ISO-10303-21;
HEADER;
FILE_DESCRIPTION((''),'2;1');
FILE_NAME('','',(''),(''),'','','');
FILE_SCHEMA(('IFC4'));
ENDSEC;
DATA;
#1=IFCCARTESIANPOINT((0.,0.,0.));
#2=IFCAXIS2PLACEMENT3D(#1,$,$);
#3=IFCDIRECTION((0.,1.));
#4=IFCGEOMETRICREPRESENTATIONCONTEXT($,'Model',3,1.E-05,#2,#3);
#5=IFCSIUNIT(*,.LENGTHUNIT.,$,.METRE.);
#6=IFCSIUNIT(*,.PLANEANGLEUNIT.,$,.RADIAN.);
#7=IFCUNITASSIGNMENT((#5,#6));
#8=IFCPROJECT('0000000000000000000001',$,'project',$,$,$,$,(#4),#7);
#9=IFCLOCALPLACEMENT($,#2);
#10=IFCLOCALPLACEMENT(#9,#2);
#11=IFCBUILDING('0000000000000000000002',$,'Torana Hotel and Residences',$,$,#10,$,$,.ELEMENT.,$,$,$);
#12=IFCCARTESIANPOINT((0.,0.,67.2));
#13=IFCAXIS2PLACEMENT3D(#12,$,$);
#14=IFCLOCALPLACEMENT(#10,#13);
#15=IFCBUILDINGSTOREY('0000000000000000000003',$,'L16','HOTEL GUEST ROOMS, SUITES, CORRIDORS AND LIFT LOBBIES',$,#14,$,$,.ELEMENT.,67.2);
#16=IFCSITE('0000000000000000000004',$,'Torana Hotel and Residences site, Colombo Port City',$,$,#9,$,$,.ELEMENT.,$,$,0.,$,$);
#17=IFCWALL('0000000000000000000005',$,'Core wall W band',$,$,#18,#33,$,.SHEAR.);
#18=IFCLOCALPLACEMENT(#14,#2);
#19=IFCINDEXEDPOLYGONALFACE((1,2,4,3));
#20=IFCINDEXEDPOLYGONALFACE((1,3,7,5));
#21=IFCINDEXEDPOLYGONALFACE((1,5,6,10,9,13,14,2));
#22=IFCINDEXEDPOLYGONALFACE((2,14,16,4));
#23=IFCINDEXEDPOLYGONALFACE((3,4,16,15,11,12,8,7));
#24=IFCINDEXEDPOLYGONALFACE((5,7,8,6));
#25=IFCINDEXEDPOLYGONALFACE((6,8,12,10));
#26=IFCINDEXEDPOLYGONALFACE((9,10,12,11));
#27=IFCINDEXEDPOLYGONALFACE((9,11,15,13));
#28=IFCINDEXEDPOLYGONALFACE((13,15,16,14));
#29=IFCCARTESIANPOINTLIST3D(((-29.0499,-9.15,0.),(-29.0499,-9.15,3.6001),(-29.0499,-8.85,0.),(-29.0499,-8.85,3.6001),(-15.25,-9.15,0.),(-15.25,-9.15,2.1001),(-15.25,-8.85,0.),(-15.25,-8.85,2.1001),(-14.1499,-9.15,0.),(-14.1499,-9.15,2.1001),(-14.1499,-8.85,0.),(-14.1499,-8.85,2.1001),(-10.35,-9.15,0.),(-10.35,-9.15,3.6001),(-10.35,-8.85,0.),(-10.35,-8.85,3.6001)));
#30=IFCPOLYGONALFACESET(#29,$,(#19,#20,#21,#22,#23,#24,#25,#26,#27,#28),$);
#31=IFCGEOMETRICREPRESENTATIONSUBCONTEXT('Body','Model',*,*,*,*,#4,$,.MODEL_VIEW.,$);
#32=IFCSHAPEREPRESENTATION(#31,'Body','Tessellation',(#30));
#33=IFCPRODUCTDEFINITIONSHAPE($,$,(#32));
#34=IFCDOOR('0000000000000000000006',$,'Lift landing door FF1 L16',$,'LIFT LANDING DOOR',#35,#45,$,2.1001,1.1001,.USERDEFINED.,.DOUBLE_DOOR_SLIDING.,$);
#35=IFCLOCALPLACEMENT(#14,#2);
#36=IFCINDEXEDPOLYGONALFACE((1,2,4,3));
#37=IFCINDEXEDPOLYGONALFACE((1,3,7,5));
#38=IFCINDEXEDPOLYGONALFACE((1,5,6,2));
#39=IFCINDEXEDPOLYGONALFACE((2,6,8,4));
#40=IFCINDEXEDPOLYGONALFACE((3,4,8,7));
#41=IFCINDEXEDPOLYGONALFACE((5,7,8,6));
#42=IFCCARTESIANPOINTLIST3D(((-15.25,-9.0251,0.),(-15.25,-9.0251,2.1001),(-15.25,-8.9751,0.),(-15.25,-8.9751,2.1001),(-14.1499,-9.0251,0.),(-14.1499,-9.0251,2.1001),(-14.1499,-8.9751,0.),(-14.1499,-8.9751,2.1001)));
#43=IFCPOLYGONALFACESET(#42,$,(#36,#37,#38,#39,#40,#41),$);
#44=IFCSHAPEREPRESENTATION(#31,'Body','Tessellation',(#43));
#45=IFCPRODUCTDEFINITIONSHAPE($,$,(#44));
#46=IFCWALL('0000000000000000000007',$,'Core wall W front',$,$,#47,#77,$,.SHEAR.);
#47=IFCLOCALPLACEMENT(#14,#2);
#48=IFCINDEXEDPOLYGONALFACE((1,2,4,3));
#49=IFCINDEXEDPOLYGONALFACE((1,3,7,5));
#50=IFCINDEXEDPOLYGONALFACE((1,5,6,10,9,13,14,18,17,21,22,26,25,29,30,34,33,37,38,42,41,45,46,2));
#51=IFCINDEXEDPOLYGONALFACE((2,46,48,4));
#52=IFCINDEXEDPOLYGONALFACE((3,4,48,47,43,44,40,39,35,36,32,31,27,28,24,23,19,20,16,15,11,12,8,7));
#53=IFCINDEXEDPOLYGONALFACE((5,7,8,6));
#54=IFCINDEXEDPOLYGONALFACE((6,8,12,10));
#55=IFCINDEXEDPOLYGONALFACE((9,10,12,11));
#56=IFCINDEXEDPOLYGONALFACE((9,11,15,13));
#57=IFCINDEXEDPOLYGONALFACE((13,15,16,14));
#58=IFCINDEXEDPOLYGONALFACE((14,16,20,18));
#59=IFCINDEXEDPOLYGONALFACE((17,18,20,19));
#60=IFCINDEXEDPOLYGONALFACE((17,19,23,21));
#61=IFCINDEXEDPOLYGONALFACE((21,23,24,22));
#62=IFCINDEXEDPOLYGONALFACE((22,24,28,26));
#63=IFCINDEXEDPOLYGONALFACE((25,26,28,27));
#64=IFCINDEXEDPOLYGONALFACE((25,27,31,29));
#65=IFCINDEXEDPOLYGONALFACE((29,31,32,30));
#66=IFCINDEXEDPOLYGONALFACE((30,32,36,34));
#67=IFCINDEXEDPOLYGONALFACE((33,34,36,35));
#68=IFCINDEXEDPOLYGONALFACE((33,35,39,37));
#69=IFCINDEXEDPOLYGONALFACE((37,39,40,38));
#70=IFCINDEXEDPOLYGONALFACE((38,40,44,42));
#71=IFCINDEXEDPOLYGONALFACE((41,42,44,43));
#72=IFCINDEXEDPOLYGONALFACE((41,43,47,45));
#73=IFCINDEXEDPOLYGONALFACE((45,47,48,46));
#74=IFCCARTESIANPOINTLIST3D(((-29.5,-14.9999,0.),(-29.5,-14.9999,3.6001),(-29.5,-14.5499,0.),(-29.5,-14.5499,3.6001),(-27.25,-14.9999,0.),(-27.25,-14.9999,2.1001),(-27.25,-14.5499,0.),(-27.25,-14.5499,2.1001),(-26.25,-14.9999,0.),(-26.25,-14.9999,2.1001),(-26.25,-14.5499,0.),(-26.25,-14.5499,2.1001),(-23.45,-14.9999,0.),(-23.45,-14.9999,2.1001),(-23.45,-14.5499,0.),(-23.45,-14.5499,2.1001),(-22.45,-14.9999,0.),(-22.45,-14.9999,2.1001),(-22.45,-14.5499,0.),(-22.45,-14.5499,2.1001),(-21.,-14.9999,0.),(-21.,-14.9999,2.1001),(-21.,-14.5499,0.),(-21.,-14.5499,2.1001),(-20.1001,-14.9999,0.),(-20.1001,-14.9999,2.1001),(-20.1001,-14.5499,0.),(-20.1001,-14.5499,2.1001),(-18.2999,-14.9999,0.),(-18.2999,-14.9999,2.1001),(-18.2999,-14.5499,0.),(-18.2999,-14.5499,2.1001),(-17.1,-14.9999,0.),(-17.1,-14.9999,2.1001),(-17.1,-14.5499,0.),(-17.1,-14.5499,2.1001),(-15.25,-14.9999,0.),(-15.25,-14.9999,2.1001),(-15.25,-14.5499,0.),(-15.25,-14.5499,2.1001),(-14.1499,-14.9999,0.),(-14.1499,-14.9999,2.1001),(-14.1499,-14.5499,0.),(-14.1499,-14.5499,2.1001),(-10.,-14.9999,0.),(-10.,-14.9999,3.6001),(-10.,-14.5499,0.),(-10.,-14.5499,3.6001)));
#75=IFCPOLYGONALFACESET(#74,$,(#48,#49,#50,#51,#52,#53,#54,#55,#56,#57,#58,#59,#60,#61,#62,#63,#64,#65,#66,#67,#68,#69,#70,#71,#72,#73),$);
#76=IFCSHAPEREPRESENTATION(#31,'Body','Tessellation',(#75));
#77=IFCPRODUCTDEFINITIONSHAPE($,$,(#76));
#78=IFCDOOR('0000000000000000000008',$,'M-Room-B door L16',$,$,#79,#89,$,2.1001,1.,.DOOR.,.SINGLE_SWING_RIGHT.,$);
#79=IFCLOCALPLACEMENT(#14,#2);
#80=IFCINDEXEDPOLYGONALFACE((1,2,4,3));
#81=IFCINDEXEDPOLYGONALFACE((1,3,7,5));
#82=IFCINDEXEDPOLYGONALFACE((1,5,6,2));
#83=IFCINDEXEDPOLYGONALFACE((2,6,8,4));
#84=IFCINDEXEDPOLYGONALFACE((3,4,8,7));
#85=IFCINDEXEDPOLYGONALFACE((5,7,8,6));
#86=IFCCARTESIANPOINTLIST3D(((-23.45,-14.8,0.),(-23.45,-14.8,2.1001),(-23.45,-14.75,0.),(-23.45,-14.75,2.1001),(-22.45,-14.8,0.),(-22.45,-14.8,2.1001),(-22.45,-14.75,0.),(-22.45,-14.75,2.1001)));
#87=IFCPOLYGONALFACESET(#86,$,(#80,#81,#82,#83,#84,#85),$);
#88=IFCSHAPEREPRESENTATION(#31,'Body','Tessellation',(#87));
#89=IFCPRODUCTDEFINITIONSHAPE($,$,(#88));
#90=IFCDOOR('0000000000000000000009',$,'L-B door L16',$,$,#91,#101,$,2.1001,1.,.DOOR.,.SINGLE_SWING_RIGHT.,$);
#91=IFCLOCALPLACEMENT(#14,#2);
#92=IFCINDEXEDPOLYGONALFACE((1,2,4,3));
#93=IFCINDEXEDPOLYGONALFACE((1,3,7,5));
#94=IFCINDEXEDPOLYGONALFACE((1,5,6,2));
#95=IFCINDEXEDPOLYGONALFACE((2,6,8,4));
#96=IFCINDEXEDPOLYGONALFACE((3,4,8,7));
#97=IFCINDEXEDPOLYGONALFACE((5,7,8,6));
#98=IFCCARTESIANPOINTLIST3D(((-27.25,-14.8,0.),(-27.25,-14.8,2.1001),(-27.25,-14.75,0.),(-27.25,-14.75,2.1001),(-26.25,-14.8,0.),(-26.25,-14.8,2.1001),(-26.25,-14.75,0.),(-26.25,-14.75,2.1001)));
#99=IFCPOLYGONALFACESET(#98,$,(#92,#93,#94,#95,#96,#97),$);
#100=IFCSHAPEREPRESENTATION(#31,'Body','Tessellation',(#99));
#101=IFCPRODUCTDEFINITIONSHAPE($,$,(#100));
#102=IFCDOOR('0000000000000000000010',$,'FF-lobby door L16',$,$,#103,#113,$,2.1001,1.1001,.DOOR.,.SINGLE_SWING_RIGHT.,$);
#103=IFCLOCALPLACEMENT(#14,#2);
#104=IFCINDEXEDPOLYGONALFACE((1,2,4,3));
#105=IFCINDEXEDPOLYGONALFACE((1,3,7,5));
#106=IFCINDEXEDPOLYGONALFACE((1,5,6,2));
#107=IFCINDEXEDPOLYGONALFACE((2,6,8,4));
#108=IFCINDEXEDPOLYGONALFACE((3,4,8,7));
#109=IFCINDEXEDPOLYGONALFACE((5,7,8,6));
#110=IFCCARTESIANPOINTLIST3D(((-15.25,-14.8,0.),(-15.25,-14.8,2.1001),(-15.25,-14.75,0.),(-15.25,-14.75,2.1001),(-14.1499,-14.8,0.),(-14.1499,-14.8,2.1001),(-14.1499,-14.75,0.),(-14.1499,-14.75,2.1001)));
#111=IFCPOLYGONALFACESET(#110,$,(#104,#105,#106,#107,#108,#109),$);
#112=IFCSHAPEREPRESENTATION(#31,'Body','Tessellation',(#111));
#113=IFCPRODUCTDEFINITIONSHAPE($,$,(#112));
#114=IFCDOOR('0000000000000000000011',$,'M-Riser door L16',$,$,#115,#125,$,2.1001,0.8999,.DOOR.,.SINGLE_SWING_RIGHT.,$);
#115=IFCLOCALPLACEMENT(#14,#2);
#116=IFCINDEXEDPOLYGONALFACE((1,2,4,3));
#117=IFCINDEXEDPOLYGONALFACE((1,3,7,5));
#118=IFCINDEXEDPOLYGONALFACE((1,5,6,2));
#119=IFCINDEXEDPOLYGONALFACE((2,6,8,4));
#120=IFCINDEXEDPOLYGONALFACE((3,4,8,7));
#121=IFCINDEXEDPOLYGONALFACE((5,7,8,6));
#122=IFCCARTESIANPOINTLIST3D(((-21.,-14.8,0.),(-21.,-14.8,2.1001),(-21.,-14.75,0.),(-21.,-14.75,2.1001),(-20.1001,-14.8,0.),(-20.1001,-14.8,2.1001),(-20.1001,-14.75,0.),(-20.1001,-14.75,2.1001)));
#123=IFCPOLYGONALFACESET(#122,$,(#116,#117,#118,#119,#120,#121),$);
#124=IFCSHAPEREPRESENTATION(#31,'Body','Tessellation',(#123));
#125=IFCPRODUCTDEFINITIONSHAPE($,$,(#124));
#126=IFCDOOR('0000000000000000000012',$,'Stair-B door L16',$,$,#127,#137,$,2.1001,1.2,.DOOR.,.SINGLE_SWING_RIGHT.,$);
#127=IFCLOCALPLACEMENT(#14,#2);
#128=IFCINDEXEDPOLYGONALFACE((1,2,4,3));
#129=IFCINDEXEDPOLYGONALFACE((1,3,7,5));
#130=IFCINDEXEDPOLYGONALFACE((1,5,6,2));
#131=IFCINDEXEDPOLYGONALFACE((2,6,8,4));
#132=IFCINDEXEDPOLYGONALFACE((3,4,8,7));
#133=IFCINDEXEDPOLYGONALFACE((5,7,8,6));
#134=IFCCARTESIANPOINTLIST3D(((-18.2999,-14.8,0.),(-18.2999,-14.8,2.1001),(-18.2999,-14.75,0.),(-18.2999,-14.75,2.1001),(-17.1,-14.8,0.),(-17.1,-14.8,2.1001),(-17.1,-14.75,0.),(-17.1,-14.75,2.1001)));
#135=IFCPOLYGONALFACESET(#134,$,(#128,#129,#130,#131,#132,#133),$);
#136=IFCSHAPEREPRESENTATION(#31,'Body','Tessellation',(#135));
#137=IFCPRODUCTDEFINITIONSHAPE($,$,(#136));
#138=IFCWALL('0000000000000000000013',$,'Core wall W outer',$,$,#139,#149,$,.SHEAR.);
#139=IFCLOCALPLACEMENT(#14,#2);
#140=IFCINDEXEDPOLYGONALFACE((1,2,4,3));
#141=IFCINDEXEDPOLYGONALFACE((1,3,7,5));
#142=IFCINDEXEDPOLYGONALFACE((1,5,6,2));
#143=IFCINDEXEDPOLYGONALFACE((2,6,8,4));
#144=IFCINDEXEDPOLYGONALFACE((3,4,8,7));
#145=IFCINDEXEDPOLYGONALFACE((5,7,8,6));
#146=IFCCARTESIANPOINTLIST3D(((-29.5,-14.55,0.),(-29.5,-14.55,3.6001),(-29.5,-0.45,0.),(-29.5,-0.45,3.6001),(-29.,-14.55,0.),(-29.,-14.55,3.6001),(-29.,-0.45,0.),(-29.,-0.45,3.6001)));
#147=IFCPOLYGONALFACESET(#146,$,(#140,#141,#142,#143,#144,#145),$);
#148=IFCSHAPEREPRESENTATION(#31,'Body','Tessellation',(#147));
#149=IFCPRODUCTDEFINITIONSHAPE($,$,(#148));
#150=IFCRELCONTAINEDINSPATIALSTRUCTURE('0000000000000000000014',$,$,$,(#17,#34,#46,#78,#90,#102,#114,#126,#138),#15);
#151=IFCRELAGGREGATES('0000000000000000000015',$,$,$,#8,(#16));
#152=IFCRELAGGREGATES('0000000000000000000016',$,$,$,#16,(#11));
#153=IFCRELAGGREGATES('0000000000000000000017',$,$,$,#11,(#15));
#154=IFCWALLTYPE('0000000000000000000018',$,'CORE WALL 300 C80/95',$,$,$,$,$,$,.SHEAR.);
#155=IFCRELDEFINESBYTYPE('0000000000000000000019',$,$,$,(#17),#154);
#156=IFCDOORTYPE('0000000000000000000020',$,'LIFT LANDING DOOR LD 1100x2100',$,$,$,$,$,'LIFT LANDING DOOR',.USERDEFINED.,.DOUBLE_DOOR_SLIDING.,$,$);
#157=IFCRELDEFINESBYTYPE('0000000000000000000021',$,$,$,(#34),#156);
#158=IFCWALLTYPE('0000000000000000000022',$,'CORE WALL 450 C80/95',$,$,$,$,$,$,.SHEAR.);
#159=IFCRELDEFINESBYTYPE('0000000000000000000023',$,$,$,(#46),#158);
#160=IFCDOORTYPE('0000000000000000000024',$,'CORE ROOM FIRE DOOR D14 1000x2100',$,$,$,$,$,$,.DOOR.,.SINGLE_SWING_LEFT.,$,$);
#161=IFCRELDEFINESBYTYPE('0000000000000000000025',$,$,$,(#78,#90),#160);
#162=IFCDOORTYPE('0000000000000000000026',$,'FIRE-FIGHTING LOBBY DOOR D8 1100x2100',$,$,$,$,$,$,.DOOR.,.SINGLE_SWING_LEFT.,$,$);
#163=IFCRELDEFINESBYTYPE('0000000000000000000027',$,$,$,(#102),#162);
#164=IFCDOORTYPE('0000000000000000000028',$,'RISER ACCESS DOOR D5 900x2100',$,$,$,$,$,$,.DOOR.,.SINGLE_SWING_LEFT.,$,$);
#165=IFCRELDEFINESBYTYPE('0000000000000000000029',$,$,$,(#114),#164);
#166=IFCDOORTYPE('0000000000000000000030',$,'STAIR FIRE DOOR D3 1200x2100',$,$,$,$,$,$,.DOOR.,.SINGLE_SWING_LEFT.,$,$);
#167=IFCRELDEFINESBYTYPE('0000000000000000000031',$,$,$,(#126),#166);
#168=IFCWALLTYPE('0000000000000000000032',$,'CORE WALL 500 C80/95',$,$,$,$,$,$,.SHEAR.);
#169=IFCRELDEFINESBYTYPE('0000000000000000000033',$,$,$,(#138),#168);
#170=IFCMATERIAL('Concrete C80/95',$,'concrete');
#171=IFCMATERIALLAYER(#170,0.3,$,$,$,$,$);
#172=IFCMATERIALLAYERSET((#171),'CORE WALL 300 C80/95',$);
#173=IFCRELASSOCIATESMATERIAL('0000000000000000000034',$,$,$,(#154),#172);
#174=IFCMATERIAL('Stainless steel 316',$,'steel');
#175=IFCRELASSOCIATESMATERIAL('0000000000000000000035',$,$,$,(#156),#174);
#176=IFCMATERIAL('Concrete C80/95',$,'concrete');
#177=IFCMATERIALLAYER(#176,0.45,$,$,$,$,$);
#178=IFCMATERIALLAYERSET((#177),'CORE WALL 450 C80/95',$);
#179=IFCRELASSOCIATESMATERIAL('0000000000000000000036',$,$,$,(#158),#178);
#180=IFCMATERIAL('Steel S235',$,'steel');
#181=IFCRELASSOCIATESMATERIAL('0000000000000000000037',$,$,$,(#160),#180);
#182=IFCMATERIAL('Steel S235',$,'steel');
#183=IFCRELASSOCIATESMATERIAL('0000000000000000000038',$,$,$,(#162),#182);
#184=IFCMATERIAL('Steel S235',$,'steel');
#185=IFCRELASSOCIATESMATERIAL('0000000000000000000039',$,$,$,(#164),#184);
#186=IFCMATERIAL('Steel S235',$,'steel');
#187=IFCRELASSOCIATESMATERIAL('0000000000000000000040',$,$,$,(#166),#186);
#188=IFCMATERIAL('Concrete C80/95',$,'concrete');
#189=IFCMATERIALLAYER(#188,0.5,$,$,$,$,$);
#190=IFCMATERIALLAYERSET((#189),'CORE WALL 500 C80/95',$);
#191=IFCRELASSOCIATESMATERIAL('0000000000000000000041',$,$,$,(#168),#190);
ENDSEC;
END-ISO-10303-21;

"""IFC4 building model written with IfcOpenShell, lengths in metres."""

from ifc_helpers import new_model, si_unit, direction, frame, frame_2d, origin, place, context, subcontext, project, spatial, rectangle, extrude, material, layer, layer_set, type_object, element, fill, save


model = new_model("IFC4")

# Units and contexts
model_context = context("Model", 3, precision=1e-05, world=origin(), true_north=direction((0.0, 1.0)))
body_context = subcontext(model_context, "Body", "Model", "MODEL_VIEW")
ifc_project = project(units=[si_unit("LENGTHUNIT", "METRE"), si_unit("PLANEANGLEUNIT", "RADIAN")], contexts=[model_context])

# Site, building, storey
site_placement = place(None, origin())
site = spatial("IfcSite", under=ifc_project, at=site_placement, Name="Torana Hotel and Residences site, Colombo Port City", CompositionType="ELEMENT", RefElevation=0.0)
building_placement = place(site_placement, origin())
building = spatial("IfcBuilding", under=site, at=building_placement, Name="Torana Hotel and Residences", CompositionType="ELEMENT")
storey_placement = place(building_placement, frame((0.0, 0.0, 67.2)))
storey = spatial("IfcBuildingStorey", under=building, at=storey_placement, Name="L16", Description="HOTEL GUEST ROOMS, SUITES, CORRIDORS AND LIFT LOBBIES", CompositionType="ELEMENT", Elevation=67.2)

# Wall, opening, door
ifc_material_1 = material(Name="Concrete C80/95", Category="concrete")
ifc_layer_1 = layer(ifc_material_1, 0.3)
ifc_layer_set_1 = layer_set([ifc_layer_1], Name="CORE WALL 300 C80/95")
wall_type_1 = type_object("IfcWallType", Name="CORE WALL 300 C80/95", PredefinedType="SHEAR", material=ifc_layer_set_1)
wall_1_placement = place(storey_placement, frame((-29.05, -9.0, 0.0), z_axis=(0.0, 0.0, 1.0), x_axis=(1.0, 0.0, 0.0)))
wall_1 = element("IfcWall", 1, at=wall_1_placement, inside=storey, type_object=wall_type_1, Name="Core wall W band", PredefinedType="SHEAR", context=body_context, shape_type="SweptSolid", body=[
    extrude(rectangle(XDim=18.7, YDim=0.3, at=frame_2d((9.3501, 0.0))), origin(), (0.0, 0.0, 1.0), 3.6001),
])
opening_1_placement = place(wall_1_placement, frame((13.8, 0.0, 0.0)))
opening_1 = element("IfcOpeningElement", 2, at=opening_1_placement, cuts=wall_1, PredefinedType="OPENING", context=body_context, shape_type="SweptSolid", body=[
    extrude(rectangle(XDim=1.1001, YDim=2.1001, at=frame_2d((0.55, 1.05))), frame((0.0, 0.1599, 0.0), z_axis=(0.0, -1.0, 0.0), x_axis=(1.0, 0.0, 0.0)), (0.0, 0.0, 1.0), 0.3201),
])
ifc_material_2 = material(Name="Stainless steel 316", Category="steel")
door_type_1 = type_object("IfcDoorType", Name="LIFT LANDING DOOR LD 1100x2100", ElementType="LIFT LANDING DOOR", OperationType="DOUBLE_DOOR_SLIDING", PredefinedType="USERDEFINED", material=ifc_material_2)
door_1_placement = place(opening_1_placement, origin())
door_1 = element("IfcDoor", 3, at=door_1_placement, inside=storey, type_object=door_type_1, Name="Lift landing door FF1 L16", ObjectType="LIFT LANDING DOOR", OperationType="DOUBLE_DOOR_SLIDING", OverallHeight=2.1001, OverallWidth=1.1001, PredefinedType="USERDEFINED", context=body_context, shape_type="SweptSolid", body=[
    extrude(rectangle(XDim=1.1001, YDim=2.1001, at=frame_2d((0.55, 1.05))), frame((0.0, 0.0249, 0.0), z_axis=(0.0, -1.0, 0.0), x_axis=(1.0, 0.0, 0.0)), (0.0, 0.0, 1.0), 0.05),
])
fill(opening_1, door_1)

# Wall, openings, doors
ifc_material_3 = material(Name="Concrete C80/95", Category="concrete")
ifc_layer_2 = layer(ifc_material_3, 0.45)
ifc_layer_set_2 = layer_set([ifc_layer_2], Name="CORE WALL 450 C80/95")
wall_type_2 = type_object("IfcWallType", Name="CORE WALL 450 C80/95", PredefinedType="SHEAR", material=ifc_layer_set_2)
wall_2_placement = place(storey_placement, frame((-29.5, -14.7749, 0.0), z_axis=(0.0, 0.0, 1.0), x_axis=(1.0, 0.0, 0.0)))
wall_2 = element("IfcWall", 4, at=wall_2_placement, inside=storey, type_object=wall_type_2, Name="Core wall W front", PredefinedType="SHEAR", context=body_context, shape_type="SweptSolid", body=[
    extrude(rectangle(XDim=19.5, YDim=0.45, at=frame_2d((9.75, 0.0))), origin(), (0.0, 0.0, 1.0), 3.6001),
])
opening_2_placement = place(wall_2_placement, frame((11.2, 0.0, 0.0)))
opening_2 = element("IfcOpeningElement", 5, at=opening_2_placement, cuts=wall_2, PredefinedType="OPENING", context=body_context, shape_type="SweptSolid", body=[
    extrude(rectangle(XDim=1.2, YDim=2.1001, at=frame_2d((0.6001, 1.05))), frame((0.0, 0.2349, 0.0), z_axis=(0.0, -1.0, 0.0), x_axis=(1.0, 0.0, 0.0)), (0.0, 0.0, 1.0), 0.47),
])
opening_3_placement = place(wall_2_placement, frame((14.25, 0.0, 0.0)))
opening_3 = element("IfcOpeningElement", 6, at=opening_3_placement, cuts=wall_2, PredefinedType="OPENING", context=body_context, shape_type="SweptSolid", body=[
    extrude(rectangle(XDim=1.1001, YDim=2.1001, at=frame_2d((0.55, 1.05))), frame((0.0, 0.2349, 0.0), z_axis=(0.0, -1.0, 0.0), x_axis=(1.0, 0.0, 0.0)), (0.0, 0.0, 1.0), 0.47),
])
opening_4_placement = place(wall_2_placement, frame((8.5, 0.0, 0.0)))
opening_4 = element("IfcOpeningElement", 7, at=opening_4_placement, cuts=wall_2, PredefinedType="OPENING", context=body_context, shape_type="SweptSolid", body=[
    extrude(rectangle(XDim=0.8999, YDim=2.1001, at=frame_2d((0.45, 1.05))), frame((0.0, 0.2349, 0.0), z_axis=(0.0, -1.0, 0.0), x_axis=(1.0, 0.0, 0.0)), (0.0, 0.0, 1.0), 0.47),
])
opening_5_placement = place(wall_2_placement, frame((6.05, 0.0, 0.0)))
opening_5 = element("IfcOpeningElement", 8, at=opening_5_placement, cuts=wall_2, PredefinedType="OPENING", context=body_context, shape_type="SweptSolid", body=[
    extrude(rectangle(XDim=1.0, YDim=2.1001, at=frame_2d((0.5, 1.05))), frame((0.0, 0.2349, 0.0), z_axis=(0.0, -1.0, 0.0), x_axis=(1.0, 0.0, 0.0)), (0.0, 0.0, 1.0), 0.47),
])
opening_6_placement = place(wall_2_placement, frame((2.25, 0.0, 0.0)))
opening_6 = element("IfcOpeningElement", 9, at=opening_6_placement, cuts=wall_2, PredefinedType="OPENING", context=body_context, shape_type="SweptSolid", body=[
    extrude(rectangle(XDim=1.0, YDim=2.1001, at=frame_2d((0.5, 1.05))), frame((0.0, 0.2349, 0.0), z_axis=(0.0, -1.0, 0.0), x_axis=(1.0, 0.0, 0.0)), (0.0, 0.0, 1.0), 0.47),
])
ifc_material_4 = material(Name="Steel S235", Category="steel")
door_type_2 = type_object("IfcDoorType", Name="CORE ROOM FIRE DOOR D14 1000x2100", OperationType="SINGLE_SWING_LEFT", PredefinedType="DOOR", material=ifc_material_4)
door_2_placement = place(opening_5_placement, origin())
door_2 = element("IfcDoor", 10, at=door_2_placement, inside=storey, type_object=door_type_2, Name="M-Room-B door L16", OperationType="SINGLE_SWING_RIGHT", OverallHeight=2.1001, OverallWidth=1.0, PredefinedType="DOOR", context=body_context, shape_type="SweptSolid", body=[
    extrude(rectangle(XDim=1.0, YDim=2.1001, at=frame_2d((0.5, 1.05))), frame((0.0, 0.0249, 0.0), z_axis=(0.0, -1.0, 0.0), x_axis=(1.0, 0.0, 0.0)), (0.0, 0.0, 1.0), 0.05),
])
fill(opening_5, door_2)
door_3_placement = place(opening_6_placement, origin())
door_3 = element("IfcDoor", 11, at=door_3_placement, inside=storey, type_object=door_type_2, Name="L-B door L16", OperationType="SINGLE_SWING_RIGHT", OverallHeight=2.1001, OverallWidth=1.0, PredefinedType="DOOR", context=body_context, shape_type="SweptSolid", body=[
    extrude(rectangle(XDim=1.0, YDim=2.1001, at=frame_2d((0.5, 1.05))), frame((0.0, 0.0249, 0.0), z_axis=(0.0, -1.0, 0.0), x_axis=(1.0, 0.0, 0.0)), (0.0, 0.0, 1.0), 0.05),
])
fill(opening_6, door_3)
ifc_material_5 = material(Name="Steel S235", Category="steel")
door_type_3 = type_object("IfcDoorType", Name="FIRE-FIGHTING LOBBY DOOR D8 1100x2100", OperationType="SINGLE_SWING_LEFT", PredefinedType="DOOR", material=ifc_material_5)
door_4_placement = place(opening_3_placement, origin())
door_4 = element("IfcDoor", 12, at=door_4_placement, inside=storey, type_object=door_type_3, Name="FF-lobby door L16", OperationType="SINGLE_SWING_RIGHT", OverallHeight=2.1001, OverallWidth=1.1001, PredefinedType="DOOR", context=body_context, shape_type="SweptSolid", body=[
    extrude(rectangle(XDim=1.1001, YDim=2.1001, at=frame_2d((0.55, 1.05))), frame((0.0, 0.0249, 0.0), z_axis=(0.0, -1.0, 0.0), x_axis=(1.0, 0.0, 0.0)), (0.0, 0.0, 1.0), 0.05),
])
fill(opening_3, door_4)
ifc_material_6 = material(Name="Steel S235", Category="steel")
door_type_4 = type_object("IfcDoorType", Name="RISER ACCESS DOOR D5 900x2100", OperationType="SINGLE_SWING_LEFT", PredefinedType="DOOR", material=ifc_material_6)
door_5_placement = place(opening_4_placement, origin())
door_5 = element("IfcDoor", 13, at=door_5_placement, inside=storey, type_object=door_type_4, Name="M-Riser door L16", OperationType="SINGLE_SWING_RIGHT", OverallHeight=2.1001, OverallWidth=0.8999, PredefinedType="DOOR", context=body_context, shape_type="SweptSolid", body=[
    extrude(rectangle(XDim=0.8999, YDim=2.1001, at=frame_2d((0.45, 1.05))), frame((0.0, 0.0249, 0.0), z_axis=(0.0, -1.0, 0.0), x_axis=(1.0, 0.0, 0.0)), (0.0, 0.0, 1.0), 0.05),
])
fill(opening_4, door_5)
ifc_material_7 = material(Name="Steel S235", Category="steel")
door_type_5 = type_object("IfcDoorType", Name="STAIR FIRE DOOR D3 1200x2100", OperationType="SINGLE_SWING_LEFT", PredefinedType="DOOR", material=ifc_material_7)
door_6_placement = place(opening_2_placement, origin())
door_6 = element("IfcDoor", 14, at=door_6_placement, inside=storey, type_object=door_type_5, Name="Stair-B door L16", OperationType="SINGLE_SWING_RIGHT", OverallHeight=2.1001, OverallWidth=1.2, PredefinedType="DOOR", context=body_context, shape_type="SweptSolid", body=[
    extrude(rectangle(XDim=1.2, YDim=2.1001, at=frame_2d((0.6001, 1.05))), frame((0.0, 0.0249, 0.0), z_axis=(0.0, -1.0, 0.0), x_axis=(1.0, 0.0, 0.0)), (0.0, 0.0, 1.0), 0.05),
])
fill(opening_2, door_6)

# Wall
ifc_material_8 = material(Name="Concrete C80/95", Category="concrete")
ifc_layer_3 = layer(ifc_material_8, 0.5)
ifc_layer_set_3 = layer_set([ifc_layer_3], Name="CORE WALL 500 C80/95")
wall_type_3 = type_object("IfcWallType", Name="CORE WALL 500 C80/95", PredefinedType="SHEAR", material=ifc_layer_set_3)
wall_3_placement = place(storey_placement, frame((-29.25, -14.55, 0.0), z_axis=(0.0, 0.0, 1.0), x_axis=(0.0, 1.0, 0.0)))
element("IfcWall", 15, at=wall_3_placement, inside=storey, type_object=wall_type_3, Name="Core wall W outer", PredefinedType="SHEAR", context=body_context, shape_type="SweptSolid", body=[
    extrude(rectangle(XDim=14.1001, YDim=0.5, at=frame_2d((7.05, 0.0))), origin(), (0.0, 0.0, 1.0), 3.6001),
])

save(model, "model.ifc")
